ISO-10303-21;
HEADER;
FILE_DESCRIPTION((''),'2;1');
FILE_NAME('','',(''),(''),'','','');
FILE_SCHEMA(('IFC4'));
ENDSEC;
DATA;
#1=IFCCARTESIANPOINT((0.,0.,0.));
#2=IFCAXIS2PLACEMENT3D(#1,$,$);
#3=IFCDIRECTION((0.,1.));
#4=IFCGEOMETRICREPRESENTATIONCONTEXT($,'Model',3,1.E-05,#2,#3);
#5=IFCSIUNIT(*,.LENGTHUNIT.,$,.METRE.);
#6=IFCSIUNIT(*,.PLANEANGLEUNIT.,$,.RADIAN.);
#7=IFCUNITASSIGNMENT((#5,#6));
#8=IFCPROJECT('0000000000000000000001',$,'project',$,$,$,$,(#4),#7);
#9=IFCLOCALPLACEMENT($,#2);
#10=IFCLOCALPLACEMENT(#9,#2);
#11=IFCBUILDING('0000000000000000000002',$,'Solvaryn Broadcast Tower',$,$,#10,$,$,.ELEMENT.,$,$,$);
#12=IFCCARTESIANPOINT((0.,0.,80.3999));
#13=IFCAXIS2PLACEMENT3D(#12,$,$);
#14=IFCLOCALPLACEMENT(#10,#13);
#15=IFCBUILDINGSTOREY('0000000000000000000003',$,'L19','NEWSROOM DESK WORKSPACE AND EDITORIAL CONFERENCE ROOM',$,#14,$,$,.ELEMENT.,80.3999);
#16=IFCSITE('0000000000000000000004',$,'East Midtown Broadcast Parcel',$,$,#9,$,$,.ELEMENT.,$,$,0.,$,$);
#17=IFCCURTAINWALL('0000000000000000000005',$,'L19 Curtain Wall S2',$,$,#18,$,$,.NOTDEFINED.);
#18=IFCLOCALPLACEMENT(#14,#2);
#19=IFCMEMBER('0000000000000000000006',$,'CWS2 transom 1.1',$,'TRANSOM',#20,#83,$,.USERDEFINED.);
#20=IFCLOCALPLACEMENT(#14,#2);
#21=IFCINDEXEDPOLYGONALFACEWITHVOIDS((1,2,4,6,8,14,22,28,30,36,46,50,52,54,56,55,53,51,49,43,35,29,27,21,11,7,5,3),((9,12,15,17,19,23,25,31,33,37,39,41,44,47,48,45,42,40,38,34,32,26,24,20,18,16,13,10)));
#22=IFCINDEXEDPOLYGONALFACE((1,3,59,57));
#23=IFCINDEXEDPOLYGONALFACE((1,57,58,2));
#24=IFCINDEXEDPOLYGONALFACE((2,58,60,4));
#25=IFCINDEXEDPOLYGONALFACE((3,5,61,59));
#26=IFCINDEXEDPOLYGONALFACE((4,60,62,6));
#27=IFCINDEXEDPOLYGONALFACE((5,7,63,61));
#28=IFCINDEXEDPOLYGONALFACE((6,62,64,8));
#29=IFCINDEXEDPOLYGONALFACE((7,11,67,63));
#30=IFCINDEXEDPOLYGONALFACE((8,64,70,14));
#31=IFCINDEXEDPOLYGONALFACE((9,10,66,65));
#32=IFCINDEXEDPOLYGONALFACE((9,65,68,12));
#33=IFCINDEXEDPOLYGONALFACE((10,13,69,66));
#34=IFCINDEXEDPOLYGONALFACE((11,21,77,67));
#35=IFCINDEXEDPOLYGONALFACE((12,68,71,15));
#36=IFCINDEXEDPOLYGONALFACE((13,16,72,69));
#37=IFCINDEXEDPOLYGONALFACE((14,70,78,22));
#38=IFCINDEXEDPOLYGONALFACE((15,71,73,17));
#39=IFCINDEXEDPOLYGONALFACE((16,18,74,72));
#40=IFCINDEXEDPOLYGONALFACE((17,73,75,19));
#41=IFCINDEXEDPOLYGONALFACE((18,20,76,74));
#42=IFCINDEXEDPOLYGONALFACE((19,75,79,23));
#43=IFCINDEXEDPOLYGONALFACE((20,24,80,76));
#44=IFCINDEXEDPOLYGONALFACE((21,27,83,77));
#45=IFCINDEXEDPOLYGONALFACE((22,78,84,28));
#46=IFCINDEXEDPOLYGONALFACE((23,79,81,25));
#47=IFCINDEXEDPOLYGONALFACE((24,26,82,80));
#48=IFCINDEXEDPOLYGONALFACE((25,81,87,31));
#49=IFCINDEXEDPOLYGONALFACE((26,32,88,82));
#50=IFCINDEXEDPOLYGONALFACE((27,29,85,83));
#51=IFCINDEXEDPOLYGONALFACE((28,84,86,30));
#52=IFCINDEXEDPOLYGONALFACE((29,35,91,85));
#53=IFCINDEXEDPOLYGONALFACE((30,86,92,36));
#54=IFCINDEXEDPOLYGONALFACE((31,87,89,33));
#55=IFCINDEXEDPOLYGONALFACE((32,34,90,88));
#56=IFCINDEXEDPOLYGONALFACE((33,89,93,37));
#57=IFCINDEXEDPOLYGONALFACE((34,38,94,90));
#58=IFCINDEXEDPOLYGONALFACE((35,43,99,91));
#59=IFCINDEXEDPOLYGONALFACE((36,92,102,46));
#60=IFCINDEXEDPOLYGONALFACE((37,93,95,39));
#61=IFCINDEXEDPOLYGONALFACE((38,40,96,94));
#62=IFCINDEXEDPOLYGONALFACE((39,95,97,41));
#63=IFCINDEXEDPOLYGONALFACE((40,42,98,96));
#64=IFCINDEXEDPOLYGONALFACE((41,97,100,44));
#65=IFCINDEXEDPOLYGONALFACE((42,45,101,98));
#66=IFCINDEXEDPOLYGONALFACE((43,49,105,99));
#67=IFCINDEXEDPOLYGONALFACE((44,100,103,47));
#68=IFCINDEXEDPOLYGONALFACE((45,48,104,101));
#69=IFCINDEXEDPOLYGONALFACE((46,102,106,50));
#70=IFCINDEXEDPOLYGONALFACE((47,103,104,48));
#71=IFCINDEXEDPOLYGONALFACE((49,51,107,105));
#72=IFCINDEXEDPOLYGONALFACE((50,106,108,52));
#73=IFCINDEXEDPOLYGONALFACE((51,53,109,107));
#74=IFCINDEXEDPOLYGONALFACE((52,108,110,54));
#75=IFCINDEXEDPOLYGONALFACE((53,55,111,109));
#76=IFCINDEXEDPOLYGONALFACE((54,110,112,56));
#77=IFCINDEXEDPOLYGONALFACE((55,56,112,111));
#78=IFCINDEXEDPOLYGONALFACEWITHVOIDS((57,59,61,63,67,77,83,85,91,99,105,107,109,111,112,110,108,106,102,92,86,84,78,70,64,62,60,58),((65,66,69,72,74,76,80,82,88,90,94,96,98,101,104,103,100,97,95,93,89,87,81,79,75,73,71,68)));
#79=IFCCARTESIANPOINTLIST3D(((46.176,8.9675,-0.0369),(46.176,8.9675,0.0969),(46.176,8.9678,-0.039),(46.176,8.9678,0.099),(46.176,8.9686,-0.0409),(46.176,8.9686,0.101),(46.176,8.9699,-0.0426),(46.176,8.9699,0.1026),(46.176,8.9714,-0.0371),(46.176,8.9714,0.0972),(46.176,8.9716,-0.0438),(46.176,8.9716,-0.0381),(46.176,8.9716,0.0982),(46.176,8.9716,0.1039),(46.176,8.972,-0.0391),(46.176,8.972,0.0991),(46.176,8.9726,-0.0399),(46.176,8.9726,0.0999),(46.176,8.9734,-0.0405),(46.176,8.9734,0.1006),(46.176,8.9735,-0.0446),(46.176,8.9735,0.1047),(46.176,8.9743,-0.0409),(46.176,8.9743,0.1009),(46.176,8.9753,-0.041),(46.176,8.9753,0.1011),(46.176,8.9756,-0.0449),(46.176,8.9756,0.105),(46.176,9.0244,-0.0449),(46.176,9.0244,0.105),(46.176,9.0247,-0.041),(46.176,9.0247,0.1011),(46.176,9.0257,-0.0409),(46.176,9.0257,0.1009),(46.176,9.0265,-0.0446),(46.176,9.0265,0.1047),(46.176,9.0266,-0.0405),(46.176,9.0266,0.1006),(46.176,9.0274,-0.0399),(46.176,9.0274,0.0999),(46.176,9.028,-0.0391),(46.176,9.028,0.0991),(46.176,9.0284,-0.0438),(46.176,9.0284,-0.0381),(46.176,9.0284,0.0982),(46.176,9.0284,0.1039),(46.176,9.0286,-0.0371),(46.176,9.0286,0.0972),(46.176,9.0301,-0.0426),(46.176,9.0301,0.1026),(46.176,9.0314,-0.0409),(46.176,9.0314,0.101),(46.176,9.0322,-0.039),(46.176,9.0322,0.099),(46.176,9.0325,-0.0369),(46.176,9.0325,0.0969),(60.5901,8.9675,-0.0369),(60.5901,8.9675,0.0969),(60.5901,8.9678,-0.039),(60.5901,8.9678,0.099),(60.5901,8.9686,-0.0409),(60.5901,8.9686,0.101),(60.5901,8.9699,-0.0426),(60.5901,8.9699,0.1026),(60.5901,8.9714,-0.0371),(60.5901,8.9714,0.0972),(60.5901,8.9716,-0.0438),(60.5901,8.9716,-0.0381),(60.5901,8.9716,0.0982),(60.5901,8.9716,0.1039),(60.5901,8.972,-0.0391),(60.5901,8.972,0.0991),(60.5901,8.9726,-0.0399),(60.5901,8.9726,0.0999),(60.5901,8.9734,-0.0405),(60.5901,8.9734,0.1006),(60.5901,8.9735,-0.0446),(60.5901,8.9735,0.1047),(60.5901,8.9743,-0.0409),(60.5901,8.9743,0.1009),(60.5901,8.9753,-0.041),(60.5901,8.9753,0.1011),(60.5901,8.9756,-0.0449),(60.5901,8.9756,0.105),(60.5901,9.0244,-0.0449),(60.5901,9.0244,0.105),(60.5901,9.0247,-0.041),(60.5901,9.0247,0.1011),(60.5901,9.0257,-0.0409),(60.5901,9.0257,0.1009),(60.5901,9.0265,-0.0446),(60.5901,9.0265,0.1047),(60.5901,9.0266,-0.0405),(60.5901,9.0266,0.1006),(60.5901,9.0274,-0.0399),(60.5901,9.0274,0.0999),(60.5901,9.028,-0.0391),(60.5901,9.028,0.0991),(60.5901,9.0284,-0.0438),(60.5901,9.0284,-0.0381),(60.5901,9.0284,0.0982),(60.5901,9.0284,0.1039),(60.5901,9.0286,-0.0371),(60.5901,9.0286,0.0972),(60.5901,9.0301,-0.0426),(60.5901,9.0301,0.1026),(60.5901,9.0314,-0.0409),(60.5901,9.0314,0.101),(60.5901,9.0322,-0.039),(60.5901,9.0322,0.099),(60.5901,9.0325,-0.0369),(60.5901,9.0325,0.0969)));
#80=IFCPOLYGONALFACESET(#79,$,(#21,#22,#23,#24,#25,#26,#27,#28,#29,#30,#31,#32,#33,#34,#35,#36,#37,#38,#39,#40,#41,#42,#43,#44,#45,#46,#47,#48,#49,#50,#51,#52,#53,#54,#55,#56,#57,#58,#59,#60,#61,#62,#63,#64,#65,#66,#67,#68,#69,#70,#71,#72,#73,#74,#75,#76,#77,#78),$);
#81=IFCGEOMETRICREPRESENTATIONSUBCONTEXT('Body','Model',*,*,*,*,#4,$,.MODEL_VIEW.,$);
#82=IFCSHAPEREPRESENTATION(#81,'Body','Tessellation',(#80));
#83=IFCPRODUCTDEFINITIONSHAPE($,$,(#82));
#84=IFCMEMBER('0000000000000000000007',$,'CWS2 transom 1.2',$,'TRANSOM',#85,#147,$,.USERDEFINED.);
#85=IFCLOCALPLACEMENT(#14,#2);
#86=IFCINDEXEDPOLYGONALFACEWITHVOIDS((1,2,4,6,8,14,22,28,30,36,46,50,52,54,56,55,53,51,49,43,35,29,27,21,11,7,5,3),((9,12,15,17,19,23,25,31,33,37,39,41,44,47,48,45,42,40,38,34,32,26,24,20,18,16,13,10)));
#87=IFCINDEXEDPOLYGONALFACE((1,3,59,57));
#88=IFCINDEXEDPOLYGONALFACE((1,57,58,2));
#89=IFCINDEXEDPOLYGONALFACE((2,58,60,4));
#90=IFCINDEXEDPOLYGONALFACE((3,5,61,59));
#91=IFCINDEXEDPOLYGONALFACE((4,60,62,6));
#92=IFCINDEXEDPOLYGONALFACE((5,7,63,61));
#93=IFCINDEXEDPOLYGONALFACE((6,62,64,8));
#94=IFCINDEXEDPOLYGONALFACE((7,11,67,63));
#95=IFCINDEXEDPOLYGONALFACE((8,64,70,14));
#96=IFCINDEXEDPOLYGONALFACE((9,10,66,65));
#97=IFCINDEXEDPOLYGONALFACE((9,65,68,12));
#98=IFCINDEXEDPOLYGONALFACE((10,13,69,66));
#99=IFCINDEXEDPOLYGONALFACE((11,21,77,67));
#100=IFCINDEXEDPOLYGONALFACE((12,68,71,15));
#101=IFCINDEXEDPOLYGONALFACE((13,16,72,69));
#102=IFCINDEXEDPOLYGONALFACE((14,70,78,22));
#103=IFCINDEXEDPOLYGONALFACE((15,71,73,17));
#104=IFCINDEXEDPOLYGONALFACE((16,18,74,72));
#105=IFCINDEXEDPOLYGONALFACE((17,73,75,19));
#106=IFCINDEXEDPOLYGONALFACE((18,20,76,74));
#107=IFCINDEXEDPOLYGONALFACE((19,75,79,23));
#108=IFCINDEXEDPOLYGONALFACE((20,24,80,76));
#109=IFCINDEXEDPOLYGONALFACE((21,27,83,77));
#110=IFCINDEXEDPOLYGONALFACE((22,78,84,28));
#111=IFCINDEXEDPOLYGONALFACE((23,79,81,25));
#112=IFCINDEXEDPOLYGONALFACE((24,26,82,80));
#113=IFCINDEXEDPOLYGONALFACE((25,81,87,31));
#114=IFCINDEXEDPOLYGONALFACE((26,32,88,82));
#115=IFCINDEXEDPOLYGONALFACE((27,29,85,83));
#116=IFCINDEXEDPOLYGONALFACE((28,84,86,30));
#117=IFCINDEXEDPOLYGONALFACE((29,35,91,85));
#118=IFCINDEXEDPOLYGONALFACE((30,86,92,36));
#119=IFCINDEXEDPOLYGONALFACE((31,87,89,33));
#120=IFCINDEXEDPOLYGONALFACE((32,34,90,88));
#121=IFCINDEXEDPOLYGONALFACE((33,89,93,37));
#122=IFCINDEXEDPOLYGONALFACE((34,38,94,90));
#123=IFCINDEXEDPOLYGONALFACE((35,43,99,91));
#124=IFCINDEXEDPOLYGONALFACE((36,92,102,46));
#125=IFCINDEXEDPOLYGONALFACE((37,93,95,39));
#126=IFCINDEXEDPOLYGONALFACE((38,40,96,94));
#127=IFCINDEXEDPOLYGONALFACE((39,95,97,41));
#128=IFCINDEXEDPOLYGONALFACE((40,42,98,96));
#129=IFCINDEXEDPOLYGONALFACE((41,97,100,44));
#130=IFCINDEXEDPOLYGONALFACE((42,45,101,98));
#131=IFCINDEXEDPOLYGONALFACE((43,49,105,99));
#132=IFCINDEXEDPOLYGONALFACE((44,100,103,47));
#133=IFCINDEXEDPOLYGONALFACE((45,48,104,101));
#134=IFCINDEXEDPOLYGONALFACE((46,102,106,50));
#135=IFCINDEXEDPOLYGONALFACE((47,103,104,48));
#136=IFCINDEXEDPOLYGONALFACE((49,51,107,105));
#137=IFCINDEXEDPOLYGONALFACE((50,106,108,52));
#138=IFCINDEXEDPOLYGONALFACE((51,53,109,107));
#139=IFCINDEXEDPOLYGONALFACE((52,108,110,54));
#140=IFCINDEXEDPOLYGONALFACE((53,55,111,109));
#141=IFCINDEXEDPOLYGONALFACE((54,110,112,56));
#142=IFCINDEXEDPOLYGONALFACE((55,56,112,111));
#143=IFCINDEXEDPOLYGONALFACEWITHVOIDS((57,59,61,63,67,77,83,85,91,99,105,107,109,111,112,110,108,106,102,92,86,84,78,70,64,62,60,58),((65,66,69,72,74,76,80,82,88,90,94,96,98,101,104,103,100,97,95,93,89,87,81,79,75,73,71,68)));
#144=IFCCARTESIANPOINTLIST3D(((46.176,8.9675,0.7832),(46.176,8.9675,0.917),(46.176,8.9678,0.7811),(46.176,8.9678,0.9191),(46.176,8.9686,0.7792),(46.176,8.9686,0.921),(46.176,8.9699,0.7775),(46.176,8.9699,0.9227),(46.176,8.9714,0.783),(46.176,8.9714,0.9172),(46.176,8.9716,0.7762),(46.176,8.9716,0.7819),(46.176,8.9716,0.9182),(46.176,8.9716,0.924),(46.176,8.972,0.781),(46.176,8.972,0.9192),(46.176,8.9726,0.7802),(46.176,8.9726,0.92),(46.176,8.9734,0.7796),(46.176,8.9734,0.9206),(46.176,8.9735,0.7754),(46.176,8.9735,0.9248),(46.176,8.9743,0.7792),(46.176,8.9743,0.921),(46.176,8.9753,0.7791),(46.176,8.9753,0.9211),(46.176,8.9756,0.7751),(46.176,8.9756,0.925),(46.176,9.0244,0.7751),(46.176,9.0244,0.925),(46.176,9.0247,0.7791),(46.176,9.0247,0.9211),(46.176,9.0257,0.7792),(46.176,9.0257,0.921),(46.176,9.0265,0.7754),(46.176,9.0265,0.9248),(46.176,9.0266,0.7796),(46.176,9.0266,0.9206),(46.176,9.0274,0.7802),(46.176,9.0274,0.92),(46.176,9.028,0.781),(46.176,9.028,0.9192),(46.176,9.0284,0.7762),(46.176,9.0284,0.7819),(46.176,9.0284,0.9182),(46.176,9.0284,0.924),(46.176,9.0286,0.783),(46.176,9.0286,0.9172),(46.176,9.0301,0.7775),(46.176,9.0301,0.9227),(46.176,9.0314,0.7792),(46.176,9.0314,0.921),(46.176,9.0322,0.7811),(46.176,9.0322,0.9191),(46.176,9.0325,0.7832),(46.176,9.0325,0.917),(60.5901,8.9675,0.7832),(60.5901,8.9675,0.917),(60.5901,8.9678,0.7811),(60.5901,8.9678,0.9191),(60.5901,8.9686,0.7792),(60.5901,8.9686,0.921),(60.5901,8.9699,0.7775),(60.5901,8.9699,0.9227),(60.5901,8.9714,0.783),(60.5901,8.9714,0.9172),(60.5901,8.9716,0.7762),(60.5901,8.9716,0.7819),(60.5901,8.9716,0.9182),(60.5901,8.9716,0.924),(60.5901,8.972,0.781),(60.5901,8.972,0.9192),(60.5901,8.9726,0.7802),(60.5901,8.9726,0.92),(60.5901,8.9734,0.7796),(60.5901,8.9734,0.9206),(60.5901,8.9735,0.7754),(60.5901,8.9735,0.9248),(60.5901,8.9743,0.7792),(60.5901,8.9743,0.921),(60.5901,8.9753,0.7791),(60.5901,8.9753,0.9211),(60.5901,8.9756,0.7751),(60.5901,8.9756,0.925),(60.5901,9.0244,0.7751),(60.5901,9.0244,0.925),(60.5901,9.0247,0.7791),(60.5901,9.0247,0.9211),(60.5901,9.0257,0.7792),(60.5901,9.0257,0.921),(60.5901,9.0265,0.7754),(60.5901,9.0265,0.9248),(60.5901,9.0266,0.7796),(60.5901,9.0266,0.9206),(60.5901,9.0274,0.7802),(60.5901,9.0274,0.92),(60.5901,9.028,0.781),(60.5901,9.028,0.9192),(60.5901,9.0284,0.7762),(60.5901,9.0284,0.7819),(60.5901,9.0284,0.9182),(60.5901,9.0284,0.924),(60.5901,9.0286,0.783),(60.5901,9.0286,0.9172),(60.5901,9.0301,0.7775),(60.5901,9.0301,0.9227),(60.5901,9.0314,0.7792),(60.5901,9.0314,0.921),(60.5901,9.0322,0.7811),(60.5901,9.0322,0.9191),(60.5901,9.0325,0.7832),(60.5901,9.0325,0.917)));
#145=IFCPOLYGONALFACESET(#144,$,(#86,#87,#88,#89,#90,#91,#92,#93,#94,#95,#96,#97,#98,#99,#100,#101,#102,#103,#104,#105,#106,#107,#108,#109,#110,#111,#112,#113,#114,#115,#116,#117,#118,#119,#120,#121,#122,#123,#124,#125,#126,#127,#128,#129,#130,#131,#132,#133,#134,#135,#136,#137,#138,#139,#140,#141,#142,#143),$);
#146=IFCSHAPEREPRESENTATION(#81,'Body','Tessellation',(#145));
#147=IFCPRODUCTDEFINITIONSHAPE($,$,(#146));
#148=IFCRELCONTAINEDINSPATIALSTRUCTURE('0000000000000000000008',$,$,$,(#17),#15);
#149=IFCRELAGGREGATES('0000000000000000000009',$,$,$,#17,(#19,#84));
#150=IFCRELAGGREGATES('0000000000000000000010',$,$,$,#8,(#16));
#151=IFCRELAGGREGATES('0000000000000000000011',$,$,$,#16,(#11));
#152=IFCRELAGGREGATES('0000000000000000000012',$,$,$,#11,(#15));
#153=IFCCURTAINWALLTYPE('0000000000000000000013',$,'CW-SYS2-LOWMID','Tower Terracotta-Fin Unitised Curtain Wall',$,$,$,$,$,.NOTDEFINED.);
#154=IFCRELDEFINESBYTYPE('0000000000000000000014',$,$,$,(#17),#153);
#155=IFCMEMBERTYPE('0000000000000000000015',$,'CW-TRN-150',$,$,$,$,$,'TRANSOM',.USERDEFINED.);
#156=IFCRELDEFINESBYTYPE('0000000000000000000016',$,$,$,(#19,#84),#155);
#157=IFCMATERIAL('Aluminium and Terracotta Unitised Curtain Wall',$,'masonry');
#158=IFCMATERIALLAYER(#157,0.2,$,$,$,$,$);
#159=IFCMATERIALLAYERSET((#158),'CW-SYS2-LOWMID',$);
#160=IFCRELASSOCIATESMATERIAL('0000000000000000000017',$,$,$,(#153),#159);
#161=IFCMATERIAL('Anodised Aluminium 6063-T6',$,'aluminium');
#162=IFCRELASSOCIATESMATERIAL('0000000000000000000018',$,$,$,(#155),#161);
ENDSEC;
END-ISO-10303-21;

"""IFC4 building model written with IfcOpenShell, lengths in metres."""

from ifc_helpers import new_model, si_unit, direction, frame, origin, origin_2d, place, context, subcontext, project, spatial, hollow_rectangle, extrude, material, layer, layer_set, material_profile, profile_set, type_object, element, aggregate, save


model = new_model("IFC4")

# Units and contexts
model_context = context("Model", 3, precision=1e-05, world=origin(), true_north=direction((0.0, 1.0)))
body_context = subcontext(model_context, "Body", "Model", "MODEL_VIEW")
ifc_project = project(units=[si_unit("LENGTHUNIT", "METRE"), si_unit("PLANEANGLEUNIT", "RADIAN")], contexts=[model_context])

# Site, building, storey
site_placement = place(None, origin())
site = spatial("IfcSite", under=ifc_project, at=site_placement, Name="East Midtown Broadcast Parcel", CompositionType="ELEMENT", RefElevation=0.0)
building_placement = place(site_placement, origin())
building = spatial("IfcBuilding", under=site, at=building_placement, Name="Solvaryn Broadcast Tower", CompositionType="ELEMENT")
storey_placement = place(building_placement, frame((0.0, 0.0, 80.3999)))
storey = spatial("IfcBuildingStorey", under=building, at=storey_placement, Name="L19", Description="NEWSROOM DESK WORKSPACE AND EDITORIAL CONFERENCE ROOM", CompositionType="ELEMENT", Elevation=80.3999)

# Shared definitions
ifc_material_1 = material(Name="Aluminium and Terracotta Unitised Curtain Wall", Category="masonry")
ifc_layer_1 = layer(ifc_material_1, 0.2)
ifc_layer_set_1 = layer_set([ifc_layer_1], Name="CW-SYS2-LOWMID")
curtain_wall_type = type_object("IfcCurtainWallType", Name="CW-SYS2-LOWMID", Description="Tower Terracotta-Fin Unitised Curtain Wall", PredefinedType="NOTDEFINED", material=ifc_layer_set_1)

# Curtain wall, members
curtain_wall_1_placement = place(storey_placement, origin())
curtain_wall_1 = element("IfcCurtainWall", 1, at=curtain_wall_1_placement, inside=storey, type_object=curtain_wall_type, Name="L19 Curtain Wall S2", PredefinedType="NOTDEFINED")
ifc_material_2 = material(Name="Anodised Aluminium 6063-T6", Category="aluminium")
ifc_material_profile_1 = material_profile(ifc_material_2, hollow_rectangle(XDim=0.0649, YDim=0.1499, WallThickness=0.0039, InnerFilletRadius=0.0039, OuterFilletRadius=0.0081, at=origin_2d()))
ifc_profile_set_1 = profile_set([ifc_material_profile_1], Name="Anodised Aluminium 6063-T6")
member_type_1 = type_object("IfcMemberType", Name="CW-TRN-150", ElementType="TRANSOM", PredefinedType="USERDEFINED", material=ifc_profile_set_1)
member_1_placement = place(storey_placement, frame((46.176, 9.0, 0.03), z_axis=(1.0, 0.0, 0.0), x_axis=(0.0, 1.0, 0.0)))
member_1 = element("IfcMember", 2, at=member_1_placement, type_object=member_type_1, Name="CWS2 transom 1.1", ObjectType="TRANSOM", PredefinedType="USERDEFINED", context=body_context, shape_type="SweptSolid", body=[
    extrude(hollow_rectangle(XDim=0.0649, YDim=0.1499, WallThickness=0.0039, InnerFilletRadius=0.0039, OuterFilletRadius=0.0081, at=origin_2d()), origin(), (0.0, 0.0, 1.0), 14.4141),
])
member_2_placement = place(storey_placement, frame((46.176, 9.0, 0.8501), z_axis=(1.0, 0.0, 0.0), x_axis=(0.0, 1.0, 0.0)))
member_2 = element("IfcMember", 3, at=member_2_placement, type_object=member_type_1, Name="CWS2 transom 1.2", ObjectType="TRANSOM", PredefinedType="USERDEFINED", context=body_context, shape_type="SweptSolid", body=[
    extrude(hollow_rectangle(XDim=0.0649, YDim=0.1499, WallThickness=0.0039, InnerFilletRadius=0.0039, OuterFilletRadius=0.0081, at=origin_2d()), origin(), (0.0, 0.0, 1.0), 14.4141),
])
aggregate(curtain_wall_1, [member_1, member_2])

save(model, "model.ifc")
